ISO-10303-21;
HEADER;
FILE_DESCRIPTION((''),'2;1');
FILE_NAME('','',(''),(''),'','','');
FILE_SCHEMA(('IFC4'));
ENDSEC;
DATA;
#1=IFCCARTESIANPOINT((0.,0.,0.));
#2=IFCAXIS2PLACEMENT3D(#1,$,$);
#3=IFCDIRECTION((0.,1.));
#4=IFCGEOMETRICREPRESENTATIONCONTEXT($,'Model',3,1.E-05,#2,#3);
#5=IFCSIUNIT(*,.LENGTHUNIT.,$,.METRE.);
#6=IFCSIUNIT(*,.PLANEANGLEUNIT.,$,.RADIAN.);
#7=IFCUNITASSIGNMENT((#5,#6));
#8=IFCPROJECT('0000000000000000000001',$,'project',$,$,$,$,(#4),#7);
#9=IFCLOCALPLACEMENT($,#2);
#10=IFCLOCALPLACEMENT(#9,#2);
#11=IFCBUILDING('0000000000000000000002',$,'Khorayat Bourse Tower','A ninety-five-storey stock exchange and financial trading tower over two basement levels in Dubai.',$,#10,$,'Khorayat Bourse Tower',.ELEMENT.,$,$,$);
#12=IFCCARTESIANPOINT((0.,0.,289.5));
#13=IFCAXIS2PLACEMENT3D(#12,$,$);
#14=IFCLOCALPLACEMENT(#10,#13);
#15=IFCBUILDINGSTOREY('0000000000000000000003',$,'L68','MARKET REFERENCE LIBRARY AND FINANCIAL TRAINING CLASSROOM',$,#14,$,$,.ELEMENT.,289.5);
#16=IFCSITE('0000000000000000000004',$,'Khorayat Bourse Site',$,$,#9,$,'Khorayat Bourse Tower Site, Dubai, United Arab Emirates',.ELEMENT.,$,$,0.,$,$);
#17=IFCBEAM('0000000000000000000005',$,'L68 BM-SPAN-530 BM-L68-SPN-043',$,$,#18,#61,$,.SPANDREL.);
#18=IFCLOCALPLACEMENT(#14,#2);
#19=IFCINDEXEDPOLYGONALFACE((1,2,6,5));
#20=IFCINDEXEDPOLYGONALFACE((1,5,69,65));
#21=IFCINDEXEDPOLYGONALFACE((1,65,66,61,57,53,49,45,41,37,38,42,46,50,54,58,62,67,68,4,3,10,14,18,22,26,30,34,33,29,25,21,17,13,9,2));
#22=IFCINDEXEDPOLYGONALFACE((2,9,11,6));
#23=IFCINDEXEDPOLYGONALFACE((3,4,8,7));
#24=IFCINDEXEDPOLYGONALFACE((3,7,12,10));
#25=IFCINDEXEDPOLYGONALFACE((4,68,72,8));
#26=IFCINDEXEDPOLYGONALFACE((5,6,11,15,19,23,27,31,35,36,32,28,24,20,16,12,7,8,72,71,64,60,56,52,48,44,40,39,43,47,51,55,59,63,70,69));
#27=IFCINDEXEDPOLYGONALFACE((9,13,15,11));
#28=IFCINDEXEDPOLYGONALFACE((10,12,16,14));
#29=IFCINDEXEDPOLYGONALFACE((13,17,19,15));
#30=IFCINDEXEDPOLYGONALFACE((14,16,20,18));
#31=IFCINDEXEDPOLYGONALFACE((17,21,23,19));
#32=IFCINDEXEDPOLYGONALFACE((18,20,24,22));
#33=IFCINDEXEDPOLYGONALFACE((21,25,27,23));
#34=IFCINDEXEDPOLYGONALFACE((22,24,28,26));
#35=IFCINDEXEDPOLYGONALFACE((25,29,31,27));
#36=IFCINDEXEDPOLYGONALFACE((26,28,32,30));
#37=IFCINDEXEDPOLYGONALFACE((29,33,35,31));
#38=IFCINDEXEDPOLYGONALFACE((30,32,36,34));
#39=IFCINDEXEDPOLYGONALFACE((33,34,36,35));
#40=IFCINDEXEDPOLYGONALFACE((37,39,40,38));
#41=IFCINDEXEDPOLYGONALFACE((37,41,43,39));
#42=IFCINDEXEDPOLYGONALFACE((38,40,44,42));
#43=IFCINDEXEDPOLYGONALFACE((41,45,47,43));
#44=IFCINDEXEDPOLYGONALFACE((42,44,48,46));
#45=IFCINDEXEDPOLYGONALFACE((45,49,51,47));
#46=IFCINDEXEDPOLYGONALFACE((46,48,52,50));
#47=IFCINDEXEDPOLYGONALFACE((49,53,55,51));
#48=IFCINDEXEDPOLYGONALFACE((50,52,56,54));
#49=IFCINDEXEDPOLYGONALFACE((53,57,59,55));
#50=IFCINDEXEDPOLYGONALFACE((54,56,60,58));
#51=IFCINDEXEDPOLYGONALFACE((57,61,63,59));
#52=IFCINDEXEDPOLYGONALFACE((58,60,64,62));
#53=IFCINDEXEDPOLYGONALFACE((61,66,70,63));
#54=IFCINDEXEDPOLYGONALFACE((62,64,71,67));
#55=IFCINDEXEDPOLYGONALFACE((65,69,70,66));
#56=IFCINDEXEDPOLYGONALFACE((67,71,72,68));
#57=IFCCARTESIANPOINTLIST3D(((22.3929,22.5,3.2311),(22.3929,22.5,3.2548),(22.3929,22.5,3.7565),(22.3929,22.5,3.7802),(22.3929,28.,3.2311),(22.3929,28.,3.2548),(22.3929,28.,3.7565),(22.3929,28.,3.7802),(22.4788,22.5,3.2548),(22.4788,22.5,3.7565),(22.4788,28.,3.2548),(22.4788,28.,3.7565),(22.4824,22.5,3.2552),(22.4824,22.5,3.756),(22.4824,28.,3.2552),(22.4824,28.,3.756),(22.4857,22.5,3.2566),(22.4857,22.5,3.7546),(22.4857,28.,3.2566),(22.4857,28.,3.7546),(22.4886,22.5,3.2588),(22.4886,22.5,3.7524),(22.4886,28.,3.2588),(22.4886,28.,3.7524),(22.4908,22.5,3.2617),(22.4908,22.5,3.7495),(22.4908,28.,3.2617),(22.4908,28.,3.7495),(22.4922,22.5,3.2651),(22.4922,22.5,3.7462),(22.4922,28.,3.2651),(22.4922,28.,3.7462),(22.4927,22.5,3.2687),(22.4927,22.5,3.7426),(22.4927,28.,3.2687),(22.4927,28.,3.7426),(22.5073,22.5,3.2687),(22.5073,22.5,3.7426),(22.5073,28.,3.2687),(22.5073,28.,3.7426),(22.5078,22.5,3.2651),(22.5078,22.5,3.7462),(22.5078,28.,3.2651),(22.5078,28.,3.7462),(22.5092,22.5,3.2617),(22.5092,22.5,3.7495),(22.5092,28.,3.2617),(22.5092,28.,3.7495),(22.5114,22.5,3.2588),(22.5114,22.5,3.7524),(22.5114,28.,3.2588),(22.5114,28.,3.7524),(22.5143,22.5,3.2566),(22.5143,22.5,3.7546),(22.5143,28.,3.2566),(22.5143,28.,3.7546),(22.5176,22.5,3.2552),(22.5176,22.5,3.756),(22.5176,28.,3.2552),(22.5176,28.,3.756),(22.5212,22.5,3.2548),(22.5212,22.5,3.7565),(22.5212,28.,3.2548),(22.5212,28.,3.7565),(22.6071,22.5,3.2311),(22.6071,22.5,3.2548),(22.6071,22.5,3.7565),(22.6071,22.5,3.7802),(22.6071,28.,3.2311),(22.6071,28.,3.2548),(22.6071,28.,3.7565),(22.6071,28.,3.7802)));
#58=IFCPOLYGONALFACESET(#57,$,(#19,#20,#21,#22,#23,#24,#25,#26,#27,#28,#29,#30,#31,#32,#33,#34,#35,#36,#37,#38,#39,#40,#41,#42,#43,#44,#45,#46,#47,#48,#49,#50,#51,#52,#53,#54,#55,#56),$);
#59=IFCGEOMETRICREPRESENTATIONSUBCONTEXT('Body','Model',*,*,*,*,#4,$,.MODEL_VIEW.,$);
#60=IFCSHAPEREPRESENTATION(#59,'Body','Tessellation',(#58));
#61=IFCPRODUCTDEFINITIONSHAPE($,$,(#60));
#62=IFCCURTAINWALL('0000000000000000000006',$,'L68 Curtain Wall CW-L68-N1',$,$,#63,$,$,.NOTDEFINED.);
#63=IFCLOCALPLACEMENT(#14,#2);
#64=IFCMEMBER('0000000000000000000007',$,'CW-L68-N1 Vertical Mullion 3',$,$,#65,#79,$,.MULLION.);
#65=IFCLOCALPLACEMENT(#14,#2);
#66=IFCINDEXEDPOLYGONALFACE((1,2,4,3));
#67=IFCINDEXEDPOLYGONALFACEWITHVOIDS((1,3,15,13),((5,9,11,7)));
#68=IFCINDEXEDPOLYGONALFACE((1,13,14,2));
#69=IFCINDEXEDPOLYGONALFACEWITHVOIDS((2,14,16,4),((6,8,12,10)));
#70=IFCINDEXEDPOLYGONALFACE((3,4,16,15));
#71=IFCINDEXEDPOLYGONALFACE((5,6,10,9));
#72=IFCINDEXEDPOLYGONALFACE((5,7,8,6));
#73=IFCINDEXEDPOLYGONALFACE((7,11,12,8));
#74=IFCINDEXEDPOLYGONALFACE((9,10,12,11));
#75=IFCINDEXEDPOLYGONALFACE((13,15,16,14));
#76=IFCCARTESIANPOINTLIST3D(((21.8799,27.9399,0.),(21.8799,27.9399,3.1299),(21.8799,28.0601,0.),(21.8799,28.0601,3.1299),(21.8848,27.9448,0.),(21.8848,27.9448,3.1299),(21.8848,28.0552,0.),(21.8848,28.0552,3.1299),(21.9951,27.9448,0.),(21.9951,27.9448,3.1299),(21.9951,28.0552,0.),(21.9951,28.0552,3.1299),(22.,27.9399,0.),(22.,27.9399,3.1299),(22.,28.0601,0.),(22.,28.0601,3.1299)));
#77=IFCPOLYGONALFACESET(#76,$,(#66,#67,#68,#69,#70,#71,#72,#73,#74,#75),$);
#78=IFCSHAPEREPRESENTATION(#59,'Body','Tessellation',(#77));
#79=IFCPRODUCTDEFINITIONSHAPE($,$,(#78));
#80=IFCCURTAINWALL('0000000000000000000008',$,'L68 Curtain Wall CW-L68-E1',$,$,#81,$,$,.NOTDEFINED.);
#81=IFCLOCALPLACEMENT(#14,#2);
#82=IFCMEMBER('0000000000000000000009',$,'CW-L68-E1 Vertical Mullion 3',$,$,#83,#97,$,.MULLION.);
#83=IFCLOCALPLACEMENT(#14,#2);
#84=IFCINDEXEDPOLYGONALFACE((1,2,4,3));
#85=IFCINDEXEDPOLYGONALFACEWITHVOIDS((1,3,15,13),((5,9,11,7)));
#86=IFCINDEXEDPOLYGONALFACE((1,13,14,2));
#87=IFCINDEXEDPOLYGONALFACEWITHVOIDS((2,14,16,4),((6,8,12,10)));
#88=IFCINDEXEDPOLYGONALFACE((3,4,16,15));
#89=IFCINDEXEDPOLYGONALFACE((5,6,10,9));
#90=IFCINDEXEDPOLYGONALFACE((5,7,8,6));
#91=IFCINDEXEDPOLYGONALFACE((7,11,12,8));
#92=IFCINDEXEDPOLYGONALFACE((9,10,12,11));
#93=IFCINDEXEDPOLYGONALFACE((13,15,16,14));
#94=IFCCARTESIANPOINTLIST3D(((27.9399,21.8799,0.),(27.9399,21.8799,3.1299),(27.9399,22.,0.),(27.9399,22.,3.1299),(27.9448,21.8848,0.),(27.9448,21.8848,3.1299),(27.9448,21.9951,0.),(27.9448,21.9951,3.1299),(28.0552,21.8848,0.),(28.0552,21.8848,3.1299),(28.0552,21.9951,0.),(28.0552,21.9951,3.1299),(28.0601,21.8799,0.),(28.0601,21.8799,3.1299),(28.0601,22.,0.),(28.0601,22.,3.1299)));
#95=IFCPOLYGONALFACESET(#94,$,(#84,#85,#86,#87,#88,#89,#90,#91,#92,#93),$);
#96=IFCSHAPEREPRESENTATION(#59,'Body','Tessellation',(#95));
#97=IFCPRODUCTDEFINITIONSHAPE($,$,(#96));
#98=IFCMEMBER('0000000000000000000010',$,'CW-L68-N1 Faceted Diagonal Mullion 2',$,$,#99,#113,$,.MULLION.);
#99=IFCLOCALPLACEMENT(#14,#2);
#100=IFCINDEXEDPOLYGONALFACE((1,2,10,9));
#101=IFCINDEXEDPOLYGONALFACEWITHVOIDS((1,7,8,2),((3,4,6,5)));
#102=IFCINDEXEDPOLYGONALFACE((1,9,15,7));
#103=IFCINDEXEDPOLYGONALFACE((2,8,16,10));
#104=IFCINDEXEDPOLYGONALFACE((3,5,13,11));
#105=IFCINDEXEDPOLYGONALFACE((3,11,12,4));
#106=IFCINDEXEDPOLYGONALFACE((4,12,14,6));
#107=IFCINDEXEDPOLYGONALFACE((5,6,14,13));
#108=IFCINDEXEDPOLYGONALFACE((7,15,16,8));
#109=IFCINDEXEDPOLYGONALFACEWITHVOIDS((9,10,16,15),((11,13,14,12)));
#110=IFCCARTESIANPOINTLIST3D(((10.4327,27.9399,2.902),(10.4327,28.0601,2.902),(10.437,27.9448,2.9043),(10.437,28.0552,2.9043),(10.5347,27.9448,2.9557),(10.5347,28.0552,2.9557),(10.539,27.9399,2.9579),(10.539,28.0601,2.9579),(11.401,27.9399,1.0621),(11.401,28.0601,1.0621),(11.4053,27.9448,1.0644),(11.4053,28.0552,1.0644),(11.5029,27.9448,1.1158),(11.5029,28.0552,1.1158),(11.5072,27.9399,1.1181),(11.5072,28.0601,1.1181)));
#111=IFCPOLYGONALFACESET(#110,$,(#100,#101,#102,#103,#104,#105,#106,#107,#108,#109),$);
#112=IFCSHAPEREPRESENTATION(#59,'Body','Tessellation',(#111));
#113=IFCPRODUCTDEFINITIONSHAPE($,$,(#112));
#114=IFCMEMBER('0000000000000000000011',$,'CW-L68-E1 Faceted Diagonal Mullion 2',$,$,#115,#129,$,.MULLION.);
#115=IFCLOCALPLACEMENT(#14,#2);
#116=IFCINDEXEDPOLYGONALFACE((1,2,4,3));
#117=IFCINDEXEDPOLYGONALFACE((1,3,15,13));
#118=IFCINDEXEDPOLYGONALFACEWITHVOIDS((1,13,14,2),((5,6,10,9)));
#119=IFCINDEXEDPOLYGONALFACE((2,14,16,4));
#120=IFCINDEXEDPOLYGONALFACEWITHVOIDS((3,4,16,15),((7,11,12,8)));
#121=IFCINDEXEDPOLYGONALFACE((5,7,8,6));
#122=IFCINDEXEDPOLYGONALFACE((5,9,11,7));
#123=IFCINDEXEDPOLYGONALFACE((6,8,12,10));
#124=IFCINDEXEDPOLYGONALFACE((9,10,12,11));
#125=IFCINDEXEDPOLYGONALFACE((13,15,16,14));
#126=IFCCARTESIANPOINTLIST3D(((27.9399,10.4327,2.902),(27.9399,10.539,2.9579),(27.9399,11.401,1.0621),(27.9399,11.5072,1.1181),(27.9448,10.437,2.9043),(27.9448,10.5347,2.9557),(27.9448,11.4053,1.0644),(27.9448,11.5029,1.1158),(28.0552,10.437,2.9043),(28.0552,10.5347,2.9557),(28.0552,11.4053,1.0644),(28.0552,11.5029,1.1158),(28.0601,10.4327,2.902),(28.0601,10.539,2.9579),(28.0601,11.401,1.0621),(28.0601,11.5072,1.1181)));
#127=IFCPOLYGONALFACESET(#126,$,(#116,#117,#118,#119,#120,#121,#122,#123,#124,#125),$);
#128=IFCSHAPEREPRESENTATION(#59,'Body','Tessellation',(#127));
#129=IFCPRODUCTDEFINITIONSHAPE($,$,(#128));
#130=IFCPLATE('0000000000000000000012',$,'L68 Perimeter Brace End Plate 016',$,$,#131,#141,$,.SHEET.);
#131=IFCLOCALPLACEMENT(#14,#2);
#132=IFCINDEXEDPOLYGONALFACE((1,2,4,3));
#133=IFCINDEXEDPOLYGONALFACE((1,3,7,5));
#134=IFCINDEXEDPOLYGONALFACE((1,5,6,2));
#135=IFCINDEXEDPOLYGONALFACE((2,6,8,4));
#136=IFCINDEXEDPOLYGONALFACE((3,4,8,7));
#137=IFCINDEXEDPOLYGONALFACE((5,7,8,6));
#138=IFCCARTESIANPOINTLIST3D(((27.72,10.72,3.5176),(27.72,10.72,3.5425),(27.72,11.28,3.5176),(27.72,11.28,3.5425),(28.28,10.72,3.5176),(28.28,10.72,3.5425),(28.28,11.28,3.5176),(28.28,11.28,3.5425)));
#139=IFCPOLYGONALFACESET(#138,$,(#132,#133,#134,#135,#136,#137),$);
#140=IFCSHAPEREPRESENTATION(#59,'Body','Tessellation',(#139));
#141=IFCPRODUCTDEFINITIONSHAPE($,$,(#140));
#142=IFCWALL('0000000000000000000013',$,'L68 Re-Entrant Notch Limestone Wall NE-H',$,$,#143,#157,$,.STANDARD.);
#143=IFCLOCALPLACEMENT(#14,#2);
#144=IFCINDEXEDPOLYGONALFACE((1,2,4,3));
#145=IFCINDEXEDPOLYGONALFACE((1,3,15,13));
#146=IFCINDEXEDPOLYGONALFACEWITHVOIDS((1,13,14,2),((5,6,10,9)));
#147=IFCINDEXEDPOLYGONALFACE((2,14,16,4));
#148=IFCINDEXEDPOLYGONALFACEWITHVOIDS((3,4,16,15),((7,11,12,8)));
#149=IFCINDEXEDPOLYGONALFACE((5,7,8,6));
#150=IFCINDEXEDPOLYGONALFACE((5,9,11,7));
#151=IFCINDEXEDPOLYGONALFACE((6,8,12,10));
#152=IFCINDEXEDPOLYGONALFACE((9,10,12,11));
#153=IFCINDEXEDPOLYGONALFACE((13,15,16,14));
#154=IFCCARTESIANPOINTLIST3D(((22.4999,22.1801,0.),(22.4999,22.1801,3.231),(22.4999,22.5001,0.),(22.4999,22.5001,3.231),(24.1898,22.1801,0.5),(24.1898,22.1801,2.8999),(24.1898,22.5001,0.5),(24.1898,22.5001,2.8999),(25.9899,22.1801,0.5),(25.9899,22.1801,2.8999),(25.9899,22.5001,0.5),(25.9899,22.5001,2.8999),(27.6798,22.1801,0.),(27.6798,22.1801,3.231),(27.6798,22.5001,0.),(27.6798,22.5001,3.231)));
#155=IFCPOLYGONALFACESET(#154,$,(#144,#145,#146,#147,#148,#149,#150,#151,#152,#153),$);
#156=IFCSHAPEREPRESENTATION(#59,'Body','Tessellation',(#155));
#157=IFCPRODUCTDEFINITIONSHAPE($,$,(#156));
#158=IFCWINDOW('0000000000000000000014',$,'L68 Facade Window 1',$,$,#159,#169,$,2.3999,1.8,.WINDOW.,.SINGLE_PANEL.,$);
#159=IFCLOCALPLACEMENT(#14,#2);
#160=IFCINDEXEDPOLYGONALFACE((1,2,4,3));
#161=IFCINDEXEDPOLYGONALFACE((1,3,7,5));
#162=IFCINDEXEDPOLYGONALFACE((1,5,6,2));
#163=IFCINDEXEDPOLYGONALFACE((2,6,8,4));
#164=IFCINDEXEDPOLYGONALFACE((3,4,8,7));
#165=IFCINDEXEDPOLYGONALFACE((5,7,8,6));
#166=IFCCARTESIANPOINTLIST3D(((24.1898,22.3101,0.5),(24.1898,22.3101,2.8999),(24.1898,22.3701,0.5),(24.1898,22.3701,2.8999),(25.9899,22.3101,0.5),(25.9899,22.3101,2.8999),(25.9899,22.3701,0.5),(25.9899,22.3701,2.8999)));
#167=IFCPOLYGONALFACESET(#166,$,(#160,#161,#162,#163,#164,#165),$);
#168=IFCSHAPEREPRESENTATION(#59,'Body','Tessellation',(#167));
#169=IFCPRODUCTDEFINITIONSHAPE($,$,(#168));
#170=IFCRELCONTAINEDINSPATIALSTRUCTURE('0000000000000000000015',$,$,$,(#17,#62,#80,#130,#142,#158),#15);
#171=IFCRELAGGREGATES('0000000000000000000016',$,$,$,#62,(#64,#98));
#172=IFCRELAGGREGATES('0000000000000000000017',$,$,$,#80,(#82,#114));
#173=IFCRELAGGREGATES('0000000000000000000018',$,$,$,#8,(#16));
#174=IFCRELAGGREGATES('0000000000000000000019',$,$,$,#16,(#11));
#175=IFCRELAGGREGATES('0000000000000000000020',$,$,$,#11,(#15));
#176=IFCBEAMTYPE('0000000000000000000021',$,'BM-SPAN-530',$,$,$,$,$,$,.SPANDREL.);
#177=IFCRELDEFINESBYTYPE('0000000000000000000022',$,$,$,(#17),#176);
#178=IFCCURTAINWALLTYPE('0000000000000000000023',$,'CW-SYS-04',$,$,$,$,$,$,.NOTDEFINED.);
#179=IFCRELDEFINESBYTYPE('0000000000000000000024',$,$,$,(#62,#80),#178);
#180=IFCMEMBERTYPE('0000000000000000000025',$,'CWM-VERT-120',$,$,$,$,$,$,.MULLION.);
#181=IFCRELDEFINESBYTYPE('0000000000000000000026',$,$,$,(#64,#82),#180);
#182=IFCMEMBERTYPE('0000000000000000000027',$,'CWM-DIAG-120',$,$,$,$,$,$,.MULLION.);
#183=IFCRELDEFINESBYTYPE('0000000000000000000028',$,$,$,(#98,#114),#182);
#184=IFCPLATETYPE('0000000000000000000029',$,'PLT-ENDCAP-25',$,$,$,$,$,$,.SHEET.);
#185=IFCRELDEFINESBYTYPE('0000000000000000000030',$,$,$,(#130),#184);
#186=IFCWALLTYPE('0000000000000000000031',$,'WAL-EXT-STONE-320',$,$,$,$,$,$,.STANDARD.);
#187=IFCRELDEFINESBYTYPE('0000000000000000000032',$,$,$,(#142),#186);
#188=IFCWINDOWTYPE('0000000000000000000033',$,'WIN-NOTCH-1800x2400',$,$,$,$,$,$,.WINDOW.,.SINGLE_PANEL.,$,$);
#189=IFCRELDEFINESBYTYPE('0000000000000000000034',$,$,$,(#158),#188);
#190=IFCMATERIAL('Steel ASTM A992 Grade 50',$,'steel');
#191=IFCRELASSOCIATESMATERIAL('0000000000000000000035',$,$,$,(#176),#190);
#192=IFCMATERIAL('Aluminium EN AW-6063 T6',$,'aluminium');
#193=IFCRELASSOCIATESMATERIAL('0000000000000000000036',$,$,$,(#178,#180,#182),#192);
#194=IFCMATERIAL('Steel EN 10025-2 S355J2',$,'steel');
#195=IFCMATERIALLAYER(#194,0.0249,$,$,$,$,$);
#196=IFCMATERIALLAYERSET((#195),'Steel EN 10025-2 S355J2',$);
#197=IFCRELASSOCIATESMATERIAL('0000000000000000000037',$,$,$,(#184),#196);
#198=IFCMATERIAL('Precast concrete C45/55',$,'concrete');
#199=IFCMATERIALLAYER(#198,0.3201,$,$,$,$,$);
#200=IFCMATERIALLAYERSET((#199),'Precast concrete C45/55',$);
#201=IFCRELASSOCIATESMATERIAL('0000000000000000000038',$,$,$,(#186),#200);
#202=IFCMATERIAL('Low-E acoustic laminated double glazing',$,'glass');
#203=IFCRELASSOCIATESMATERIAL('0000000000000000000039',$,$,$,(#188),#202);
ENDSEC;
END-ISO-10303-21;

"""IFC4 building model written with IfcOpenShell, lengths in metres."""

from ifc_helpers import new_model, si_unit, direction, frame, frame_2d, origin, origin_2d, place, context, subcontext, project, spatial, rectangle, hollow_rectangle, i_section, extrude, source, transform, mapped, material, layer, layer_set, material_profile, profile_set, type_object, element, fill, aggregate, save


model = new_model("IFC4")

# Units and contexts
model_context = context("Model", 3, precision=1e-05, world=origin(), true_north=direction((0.0, 1.0)))
body_context = subcontext(model_context, "Body", "Model", "MODEL_VIEW")
ifc_project = project(units=[si_unit("LENGTHUNIT", "METRE"), si_unit("PLANEANGLEUNIT", "RADIAN")], contexts=[model_context])

# Site, building, storey
site_placement = place(None, origin())
site = spatial("IfcSite", under=ifc_project, at=site_placement, Name="Khorayat Bourse Site", LongName="Khorayat Bourse Tower Site, Dubai, United Arab Emirates", CompositionType="ELEMENT", RefElevation=0.0)
building_placement = place(site_placement, origin())
building = spatial("IfcBuilding", under=site, at=building_placement, Name="Khorayat Bourse Tower", Description="A ninety-five-storey stock exchange and financial trading tower over two basement levels in Dubai.", LongName="Khorayat Bourse Tower", CompositionType="ELEMENT")
storey_placement = place(building_placement, frame((0.0, 0.0, 289.5)))
storey = spatial("IfcBuildingStorey", under=building, at=storey_placement, Name="L68", Description="MARKET REFERENCE LIBRARY AND FINANCIAL TRAINING CLASSROOM", CompositionType="ELEMENT", Elevation=289.5)

# Beam
ifc_material_1 = material(Name="Steel ASTM A992 Grade 50", Category="steel")
ifc_material_profile_1 = material_profile(ifc_material_1, i_section(OverallWidth=0.2141, OverallDepth=0.5491, WebThickness=0.0146, FlangeThickness=0.0237, FilletRadius=0.0139, at=origin_2d()), Name="W530X138")
ifc_profile_set_1 = profile_set([ifc_material_profile_1], Name="Steel ASTM A992 Grade 50")
beam_type_1 = type_object("IfcBeamType", Name="BM-SPAN-530", PredefinedType="SPANDREL", material=ifc_profile_set_1)
shared_shape_1 = source(origin(), body_context, "Body", "SweptSolid", [
    extrude(i_section(OverallWidth=0.2141, OverallDepth=0.5491, WebThickness=0.0146, FlangeThickness=0.0237, FilletRadius=0.0139, at=origin_2d()), origin(), (0.0, 0.0, 1.0), 5.5),
])
for number, where, z_axis, x_axis, name in (
    (1, (22.5, 22.5, 3.5056), (0.0, 1.0, 0.0), (-1.0, 0.0, 0.0), "L68 BM-SPAN-530 BM-L68-SPN-043"),
):
    element("IfcBeam", number, at=place(storey_placement, frame(where, z_axis=z_axis, x_axis=x_axis)), inside=storey, type_object=beam_type_1, Name=name, PredefinedType="SPANDREL", context=body_context, shape_type="MappedRepresentation", body=[
        mapped(shared_shape_1, transform((0.0, 0.0, 0.0), scale=1.0)),
    ])

# Curtain walls, members
ifc_material_2 = material(Name="Aluminium EN AW-6063 T6", Category="aluminium")
curtain_wall_type = type_object("IfcCurtainWallType", Name="CW-SYS-04", PredefinedType="NOTDEFINED", material=ifc_material_2)
curtain_wall_1_placement = place(storey_placement, origin())
curtain_wall_1 = element("IfcCurtainWall", 2, at=curtain_wall_1_placement, inside=storey, type_object=curtain_wall_type, Name="L68 Curtain Wall CW-L68-N1", PredefinedType="NOTDEFINED")
ifc_material_profile_2 = material_profile(ifc_material_2, hollow_rectangle(XDim=0.1201, YDim=0.1201, WallThickness=0.0049, at=origin_2d()), Name="ALU 120x120x5")
ifc_profile_set_2 = profile_set([ifc_material_profile_2], Name="Aluminium EN AW-6063 T6")
member_type_1 = type_object("IfcMemberType", Name="CWM-VERT-120", PredefinedType="MULLION", material=ifc_profile_set_2)
shared_shape_2 = source(origin(), body_context, "Body", "SweptSolid", [
    extrude(hollow_rectangle(XDim=0.1201, YDim=0.1201, WallThickness=0.0049, at=origin_2d()), origin(), (0.0, 0.0, 1.0), 3.1299),
])
member_1_placement = place(storey_placement, frame((21.9399, 28.0, 0.0), z_axis=(0.0, 0.0, 1.0), x_axis=(0.0, 1.0, 0.0)))
member_1 = element("IfcMember", 3, at=member_1_placement, type_object=member_type_1, Name="CW-L68-N1 Vertical Mullion 3", PredefinedType="MULLION", context=body_context, shape_type="MappedRepresentation", body=[
    mapped(shared_shape_2, transform((0.0, 0.0, 0.0), scale=1.0)),
])
curtain_wall_2_placement = place(storey_placement, origin())
curtain_wall_2 = element("IfcCurtainWall", 4, at=curtain_wall_2_placement, inside=storey, type_object=curtain_wall_type, Name="L68 Curtain Wall CW-L68-E1", PredefinedType="NOTDEFINED")
member_2_placement = place(storey_placement, frame((28.0, 21.9399, 0.0), z_axis=(0.0, 0.0, 1.0), x_axis=(-1.0, 0.0, 0.0)))
member_2 = element("IfcMember", 5, at=member_2_placement, type_object=member_type_1, Name="CW-L68-E1 Vertical Mullion 3", PredefinedType="MULLION", context=body_context, shape_type="MappedRepresentation", body=[
    mapped(shared_shape_2, transform((0.0, 0.0, 0.0), scale=1.0)),
])

# Members
ifc_material_profile_3 = material_profile(ifc_material_2, hollow_rectangle(XDim=0.1201, YDim=0.1201, WallThickness=0.0049, at=origin_2d()), Name="ALU 120x120x5")
ifc_profile_set_3 = profile_set([ifc_material_profile_3], Name="Aluminium EN AW-6063 T6")
member_type_2 = type_object("IfcMemberType", Name="CWM-DIAG-120", PredefinedType="MULLION", material=ifc_profile_set_3)
shared_shape_3 = source(origin(), body_context, "Body", "SweptSolid", [
    extrude(hollow_rectangle(XDim=0.1201, YDim=0.1201, WallThickness=0.0049, at=origin_2d()), origin(), (0.0, 0.0, 1.0), 2.0791),
])
member_3_placement = place(storey_placement, frame((11.4541, 28.0, 1.0901), z_axis=(-0.465717, 0.0, 0.884934), x_axis=(0.0, -1.0, 0.0)))
member_3 = element("IfcMember", 6, at=member_3_placement, type_object=member_type_2, Name="CW-L68-N1 Faceted Diagonal Mullion 2", PredefinedType="MULLION", context=body_context, shape_type="MappedRepresentation", body=[
    mapped(shared_shape_3, transform((0.0, 0.0, 0.0), scale=1.0)),
])
aggregate(curtain_wall_1, [member_1, member_3])
member_4_placement = place(storey_placement, frame((28.0, 11.4541, 1.0901), z_axis=(0.0, -0.465717, 0.884934), x_axis=(1.0, 0.0, 0.0)))
member_4 = element("IfcMember", 7, at=member_4_placement, type_object=member_type_2, Name="CW-L68-E1 Faceted Diagonal Mullion 2", PredefinedType="MULLION", context=body_context, shape_type="MappedRepresentation", body=[
    mapped(shared_shape_3, transform((0.0, 0.0, 0.0), scale=1.0)),
])
aggregate(curtain_wall_2, [member_2, member_4])

# Plate
ifc_material_3 = material(Name="Steel EN 10025-2 S355J2", Category="steel")
ifc_layer_1 = layer(ifc_material_3, 0.0249)
ifc_layer_set_1 = layer_set([ifc_layer_1], Name="Steel EN 10025-2 S355J2")
plate_type = type_object("IfcPlateType", Name="PLT-ENDCAP-25", PredefinedType="SHEET", material=ifc_layer_set_1)
shared_shape_4 = source(origin(), body_context, "Body", "SweptSolid", [
    extrude(rectangle(XDim=0.5601, YDim=0.5601, at=origin_2d()), origin(), (0.0, 0.0, 1.0), 0.0249),
])
plate_placement = place(storey_placement, frame((28.0, 11.0, 3.5176), z_axis=(0.0, 0.0, 1.0), x_axis=(1.0, 0.0, 0.0)))
element("IfcPlate", 8, at=plate_placement, inside=storey, type_object=plate_type, Name="L68 Perimeter Brace End Plate 016", PredefinedType="SHEET", context=body_context, shape_type="MappedRepresentation", body=[
    mapped(shared_shape_4, transform((0.0, 0.0, 0.0), scale=1.0)),
])

# Wall, opening, window
ifc_material_4 = material(Name="Precast concrete C45/55", Category="concrete")
ifc_layer_2 = layer(ifc_material_4, 0.3201)
ifc_layer_set_2 = layer_set([ifc_layer_2], Name="Precast concrete C45/55")
wall_type_1 = type_object("IfcWallType", Name="WAL-EXT-STONE-320", PredefinedType="STANDARD", material=ifc_layer_set_2)
shared_shape_5 = source(origin(), body_context, "Body", "SweptSolid", [
    extrude(rectangle(XDim=5.1799, YDim=0.3201, at=frame_2d((2.5898, 0.0))), origin(), (0.0, 0.0, 1.0), 3.231),
])
wall_1_placement = place(storey_placement, frame((22.5, 22.3401, 0.0), z_axis=(0.0, 0.0, 1.0), x_axis=(1.0, 0.0, 0.0)))
wall_1 = element("IfcWall", 9, at=wall_1_placement, inside=storey, type_object=wall_type_1, Name="L68 Re-Entrant Notch Limestone Wall NE-H", PredefinedType="STANDARD", context=body_context, shape_type="MappedRepresentation", body=[
    mapped(shared_shape_5, transform((0.0, 0.0, 0.0), scale=1.0)),
])
shared_shape_6 = source(origin(), body_context, "Body", "SweptSolid", [
    extrude(rectangle(XDim=1.8, YDim=2.3999, at=frame_2d((0.8999, 1.2))), frame((0.0, 0.1699, 0.0), z_axis=(0.0, -1.0, 0.0), x_axis=(1.0, 0.0, 0.0)), (0.0, 0.0, 1.0), 0.3401),
])
opening_1_placement = place(wall_1_placement, frame((1.6899, 0.0, 0.5)))
opening_1 = element("IfcOpeningElement", 10, at=opening_1_placement, cuts=wall_1, PredefinedType="OPENING", context=body_context, shape_type="MappedRepresentation", body=[
    mapped(shared_shape_6, transform((0.0, 0.0, 0.0), scale=1.0)),
])
ifc_material_5 = material(Name="Low-E acoustic laminated double glazing", Category="glass")
window_type = type_object("IfcWindowType", Name="WIN-NOTCH-1800x2400", PartitioningType="SINGLE_PANEL", PredefinedType="WINDOW", material=ifc_material_5)
shared_shape_7 = source(origin(), body_context, "Body", "SweptSolid", [
    extrude(rectangle(XDim=1.8, YDim=2.3999, at=frame_2d((0.8999, 1.2))), frame((0.0, 0.03, 0.0), z_axis=(0.0, -1.0, 0.0), x_axis=(1.0, 0.0, 0.0)), (0.0, 0.0, 1.0), 0.0601),
])
window_1_placement = place(opening_1_placement, origin())
window_1 = element("IfcWindow", 11, at=window_1_placement, inside=storey, type_object=window_type, Name="L68 Facade Window 1", OverallHeight=2.3999, OverallWidth=1.8, PartitioningType="SINGLE_PANEL", PredefinedType="WINDOW", context=body_context, shape_type="MappedRepresentation", body=[
    mapped(shared_shape_7, transform((0.0, 0.0, 0.0), scale=1.0)),
])
fill(opening_1, window_1)

save(model, "model.ifc")
